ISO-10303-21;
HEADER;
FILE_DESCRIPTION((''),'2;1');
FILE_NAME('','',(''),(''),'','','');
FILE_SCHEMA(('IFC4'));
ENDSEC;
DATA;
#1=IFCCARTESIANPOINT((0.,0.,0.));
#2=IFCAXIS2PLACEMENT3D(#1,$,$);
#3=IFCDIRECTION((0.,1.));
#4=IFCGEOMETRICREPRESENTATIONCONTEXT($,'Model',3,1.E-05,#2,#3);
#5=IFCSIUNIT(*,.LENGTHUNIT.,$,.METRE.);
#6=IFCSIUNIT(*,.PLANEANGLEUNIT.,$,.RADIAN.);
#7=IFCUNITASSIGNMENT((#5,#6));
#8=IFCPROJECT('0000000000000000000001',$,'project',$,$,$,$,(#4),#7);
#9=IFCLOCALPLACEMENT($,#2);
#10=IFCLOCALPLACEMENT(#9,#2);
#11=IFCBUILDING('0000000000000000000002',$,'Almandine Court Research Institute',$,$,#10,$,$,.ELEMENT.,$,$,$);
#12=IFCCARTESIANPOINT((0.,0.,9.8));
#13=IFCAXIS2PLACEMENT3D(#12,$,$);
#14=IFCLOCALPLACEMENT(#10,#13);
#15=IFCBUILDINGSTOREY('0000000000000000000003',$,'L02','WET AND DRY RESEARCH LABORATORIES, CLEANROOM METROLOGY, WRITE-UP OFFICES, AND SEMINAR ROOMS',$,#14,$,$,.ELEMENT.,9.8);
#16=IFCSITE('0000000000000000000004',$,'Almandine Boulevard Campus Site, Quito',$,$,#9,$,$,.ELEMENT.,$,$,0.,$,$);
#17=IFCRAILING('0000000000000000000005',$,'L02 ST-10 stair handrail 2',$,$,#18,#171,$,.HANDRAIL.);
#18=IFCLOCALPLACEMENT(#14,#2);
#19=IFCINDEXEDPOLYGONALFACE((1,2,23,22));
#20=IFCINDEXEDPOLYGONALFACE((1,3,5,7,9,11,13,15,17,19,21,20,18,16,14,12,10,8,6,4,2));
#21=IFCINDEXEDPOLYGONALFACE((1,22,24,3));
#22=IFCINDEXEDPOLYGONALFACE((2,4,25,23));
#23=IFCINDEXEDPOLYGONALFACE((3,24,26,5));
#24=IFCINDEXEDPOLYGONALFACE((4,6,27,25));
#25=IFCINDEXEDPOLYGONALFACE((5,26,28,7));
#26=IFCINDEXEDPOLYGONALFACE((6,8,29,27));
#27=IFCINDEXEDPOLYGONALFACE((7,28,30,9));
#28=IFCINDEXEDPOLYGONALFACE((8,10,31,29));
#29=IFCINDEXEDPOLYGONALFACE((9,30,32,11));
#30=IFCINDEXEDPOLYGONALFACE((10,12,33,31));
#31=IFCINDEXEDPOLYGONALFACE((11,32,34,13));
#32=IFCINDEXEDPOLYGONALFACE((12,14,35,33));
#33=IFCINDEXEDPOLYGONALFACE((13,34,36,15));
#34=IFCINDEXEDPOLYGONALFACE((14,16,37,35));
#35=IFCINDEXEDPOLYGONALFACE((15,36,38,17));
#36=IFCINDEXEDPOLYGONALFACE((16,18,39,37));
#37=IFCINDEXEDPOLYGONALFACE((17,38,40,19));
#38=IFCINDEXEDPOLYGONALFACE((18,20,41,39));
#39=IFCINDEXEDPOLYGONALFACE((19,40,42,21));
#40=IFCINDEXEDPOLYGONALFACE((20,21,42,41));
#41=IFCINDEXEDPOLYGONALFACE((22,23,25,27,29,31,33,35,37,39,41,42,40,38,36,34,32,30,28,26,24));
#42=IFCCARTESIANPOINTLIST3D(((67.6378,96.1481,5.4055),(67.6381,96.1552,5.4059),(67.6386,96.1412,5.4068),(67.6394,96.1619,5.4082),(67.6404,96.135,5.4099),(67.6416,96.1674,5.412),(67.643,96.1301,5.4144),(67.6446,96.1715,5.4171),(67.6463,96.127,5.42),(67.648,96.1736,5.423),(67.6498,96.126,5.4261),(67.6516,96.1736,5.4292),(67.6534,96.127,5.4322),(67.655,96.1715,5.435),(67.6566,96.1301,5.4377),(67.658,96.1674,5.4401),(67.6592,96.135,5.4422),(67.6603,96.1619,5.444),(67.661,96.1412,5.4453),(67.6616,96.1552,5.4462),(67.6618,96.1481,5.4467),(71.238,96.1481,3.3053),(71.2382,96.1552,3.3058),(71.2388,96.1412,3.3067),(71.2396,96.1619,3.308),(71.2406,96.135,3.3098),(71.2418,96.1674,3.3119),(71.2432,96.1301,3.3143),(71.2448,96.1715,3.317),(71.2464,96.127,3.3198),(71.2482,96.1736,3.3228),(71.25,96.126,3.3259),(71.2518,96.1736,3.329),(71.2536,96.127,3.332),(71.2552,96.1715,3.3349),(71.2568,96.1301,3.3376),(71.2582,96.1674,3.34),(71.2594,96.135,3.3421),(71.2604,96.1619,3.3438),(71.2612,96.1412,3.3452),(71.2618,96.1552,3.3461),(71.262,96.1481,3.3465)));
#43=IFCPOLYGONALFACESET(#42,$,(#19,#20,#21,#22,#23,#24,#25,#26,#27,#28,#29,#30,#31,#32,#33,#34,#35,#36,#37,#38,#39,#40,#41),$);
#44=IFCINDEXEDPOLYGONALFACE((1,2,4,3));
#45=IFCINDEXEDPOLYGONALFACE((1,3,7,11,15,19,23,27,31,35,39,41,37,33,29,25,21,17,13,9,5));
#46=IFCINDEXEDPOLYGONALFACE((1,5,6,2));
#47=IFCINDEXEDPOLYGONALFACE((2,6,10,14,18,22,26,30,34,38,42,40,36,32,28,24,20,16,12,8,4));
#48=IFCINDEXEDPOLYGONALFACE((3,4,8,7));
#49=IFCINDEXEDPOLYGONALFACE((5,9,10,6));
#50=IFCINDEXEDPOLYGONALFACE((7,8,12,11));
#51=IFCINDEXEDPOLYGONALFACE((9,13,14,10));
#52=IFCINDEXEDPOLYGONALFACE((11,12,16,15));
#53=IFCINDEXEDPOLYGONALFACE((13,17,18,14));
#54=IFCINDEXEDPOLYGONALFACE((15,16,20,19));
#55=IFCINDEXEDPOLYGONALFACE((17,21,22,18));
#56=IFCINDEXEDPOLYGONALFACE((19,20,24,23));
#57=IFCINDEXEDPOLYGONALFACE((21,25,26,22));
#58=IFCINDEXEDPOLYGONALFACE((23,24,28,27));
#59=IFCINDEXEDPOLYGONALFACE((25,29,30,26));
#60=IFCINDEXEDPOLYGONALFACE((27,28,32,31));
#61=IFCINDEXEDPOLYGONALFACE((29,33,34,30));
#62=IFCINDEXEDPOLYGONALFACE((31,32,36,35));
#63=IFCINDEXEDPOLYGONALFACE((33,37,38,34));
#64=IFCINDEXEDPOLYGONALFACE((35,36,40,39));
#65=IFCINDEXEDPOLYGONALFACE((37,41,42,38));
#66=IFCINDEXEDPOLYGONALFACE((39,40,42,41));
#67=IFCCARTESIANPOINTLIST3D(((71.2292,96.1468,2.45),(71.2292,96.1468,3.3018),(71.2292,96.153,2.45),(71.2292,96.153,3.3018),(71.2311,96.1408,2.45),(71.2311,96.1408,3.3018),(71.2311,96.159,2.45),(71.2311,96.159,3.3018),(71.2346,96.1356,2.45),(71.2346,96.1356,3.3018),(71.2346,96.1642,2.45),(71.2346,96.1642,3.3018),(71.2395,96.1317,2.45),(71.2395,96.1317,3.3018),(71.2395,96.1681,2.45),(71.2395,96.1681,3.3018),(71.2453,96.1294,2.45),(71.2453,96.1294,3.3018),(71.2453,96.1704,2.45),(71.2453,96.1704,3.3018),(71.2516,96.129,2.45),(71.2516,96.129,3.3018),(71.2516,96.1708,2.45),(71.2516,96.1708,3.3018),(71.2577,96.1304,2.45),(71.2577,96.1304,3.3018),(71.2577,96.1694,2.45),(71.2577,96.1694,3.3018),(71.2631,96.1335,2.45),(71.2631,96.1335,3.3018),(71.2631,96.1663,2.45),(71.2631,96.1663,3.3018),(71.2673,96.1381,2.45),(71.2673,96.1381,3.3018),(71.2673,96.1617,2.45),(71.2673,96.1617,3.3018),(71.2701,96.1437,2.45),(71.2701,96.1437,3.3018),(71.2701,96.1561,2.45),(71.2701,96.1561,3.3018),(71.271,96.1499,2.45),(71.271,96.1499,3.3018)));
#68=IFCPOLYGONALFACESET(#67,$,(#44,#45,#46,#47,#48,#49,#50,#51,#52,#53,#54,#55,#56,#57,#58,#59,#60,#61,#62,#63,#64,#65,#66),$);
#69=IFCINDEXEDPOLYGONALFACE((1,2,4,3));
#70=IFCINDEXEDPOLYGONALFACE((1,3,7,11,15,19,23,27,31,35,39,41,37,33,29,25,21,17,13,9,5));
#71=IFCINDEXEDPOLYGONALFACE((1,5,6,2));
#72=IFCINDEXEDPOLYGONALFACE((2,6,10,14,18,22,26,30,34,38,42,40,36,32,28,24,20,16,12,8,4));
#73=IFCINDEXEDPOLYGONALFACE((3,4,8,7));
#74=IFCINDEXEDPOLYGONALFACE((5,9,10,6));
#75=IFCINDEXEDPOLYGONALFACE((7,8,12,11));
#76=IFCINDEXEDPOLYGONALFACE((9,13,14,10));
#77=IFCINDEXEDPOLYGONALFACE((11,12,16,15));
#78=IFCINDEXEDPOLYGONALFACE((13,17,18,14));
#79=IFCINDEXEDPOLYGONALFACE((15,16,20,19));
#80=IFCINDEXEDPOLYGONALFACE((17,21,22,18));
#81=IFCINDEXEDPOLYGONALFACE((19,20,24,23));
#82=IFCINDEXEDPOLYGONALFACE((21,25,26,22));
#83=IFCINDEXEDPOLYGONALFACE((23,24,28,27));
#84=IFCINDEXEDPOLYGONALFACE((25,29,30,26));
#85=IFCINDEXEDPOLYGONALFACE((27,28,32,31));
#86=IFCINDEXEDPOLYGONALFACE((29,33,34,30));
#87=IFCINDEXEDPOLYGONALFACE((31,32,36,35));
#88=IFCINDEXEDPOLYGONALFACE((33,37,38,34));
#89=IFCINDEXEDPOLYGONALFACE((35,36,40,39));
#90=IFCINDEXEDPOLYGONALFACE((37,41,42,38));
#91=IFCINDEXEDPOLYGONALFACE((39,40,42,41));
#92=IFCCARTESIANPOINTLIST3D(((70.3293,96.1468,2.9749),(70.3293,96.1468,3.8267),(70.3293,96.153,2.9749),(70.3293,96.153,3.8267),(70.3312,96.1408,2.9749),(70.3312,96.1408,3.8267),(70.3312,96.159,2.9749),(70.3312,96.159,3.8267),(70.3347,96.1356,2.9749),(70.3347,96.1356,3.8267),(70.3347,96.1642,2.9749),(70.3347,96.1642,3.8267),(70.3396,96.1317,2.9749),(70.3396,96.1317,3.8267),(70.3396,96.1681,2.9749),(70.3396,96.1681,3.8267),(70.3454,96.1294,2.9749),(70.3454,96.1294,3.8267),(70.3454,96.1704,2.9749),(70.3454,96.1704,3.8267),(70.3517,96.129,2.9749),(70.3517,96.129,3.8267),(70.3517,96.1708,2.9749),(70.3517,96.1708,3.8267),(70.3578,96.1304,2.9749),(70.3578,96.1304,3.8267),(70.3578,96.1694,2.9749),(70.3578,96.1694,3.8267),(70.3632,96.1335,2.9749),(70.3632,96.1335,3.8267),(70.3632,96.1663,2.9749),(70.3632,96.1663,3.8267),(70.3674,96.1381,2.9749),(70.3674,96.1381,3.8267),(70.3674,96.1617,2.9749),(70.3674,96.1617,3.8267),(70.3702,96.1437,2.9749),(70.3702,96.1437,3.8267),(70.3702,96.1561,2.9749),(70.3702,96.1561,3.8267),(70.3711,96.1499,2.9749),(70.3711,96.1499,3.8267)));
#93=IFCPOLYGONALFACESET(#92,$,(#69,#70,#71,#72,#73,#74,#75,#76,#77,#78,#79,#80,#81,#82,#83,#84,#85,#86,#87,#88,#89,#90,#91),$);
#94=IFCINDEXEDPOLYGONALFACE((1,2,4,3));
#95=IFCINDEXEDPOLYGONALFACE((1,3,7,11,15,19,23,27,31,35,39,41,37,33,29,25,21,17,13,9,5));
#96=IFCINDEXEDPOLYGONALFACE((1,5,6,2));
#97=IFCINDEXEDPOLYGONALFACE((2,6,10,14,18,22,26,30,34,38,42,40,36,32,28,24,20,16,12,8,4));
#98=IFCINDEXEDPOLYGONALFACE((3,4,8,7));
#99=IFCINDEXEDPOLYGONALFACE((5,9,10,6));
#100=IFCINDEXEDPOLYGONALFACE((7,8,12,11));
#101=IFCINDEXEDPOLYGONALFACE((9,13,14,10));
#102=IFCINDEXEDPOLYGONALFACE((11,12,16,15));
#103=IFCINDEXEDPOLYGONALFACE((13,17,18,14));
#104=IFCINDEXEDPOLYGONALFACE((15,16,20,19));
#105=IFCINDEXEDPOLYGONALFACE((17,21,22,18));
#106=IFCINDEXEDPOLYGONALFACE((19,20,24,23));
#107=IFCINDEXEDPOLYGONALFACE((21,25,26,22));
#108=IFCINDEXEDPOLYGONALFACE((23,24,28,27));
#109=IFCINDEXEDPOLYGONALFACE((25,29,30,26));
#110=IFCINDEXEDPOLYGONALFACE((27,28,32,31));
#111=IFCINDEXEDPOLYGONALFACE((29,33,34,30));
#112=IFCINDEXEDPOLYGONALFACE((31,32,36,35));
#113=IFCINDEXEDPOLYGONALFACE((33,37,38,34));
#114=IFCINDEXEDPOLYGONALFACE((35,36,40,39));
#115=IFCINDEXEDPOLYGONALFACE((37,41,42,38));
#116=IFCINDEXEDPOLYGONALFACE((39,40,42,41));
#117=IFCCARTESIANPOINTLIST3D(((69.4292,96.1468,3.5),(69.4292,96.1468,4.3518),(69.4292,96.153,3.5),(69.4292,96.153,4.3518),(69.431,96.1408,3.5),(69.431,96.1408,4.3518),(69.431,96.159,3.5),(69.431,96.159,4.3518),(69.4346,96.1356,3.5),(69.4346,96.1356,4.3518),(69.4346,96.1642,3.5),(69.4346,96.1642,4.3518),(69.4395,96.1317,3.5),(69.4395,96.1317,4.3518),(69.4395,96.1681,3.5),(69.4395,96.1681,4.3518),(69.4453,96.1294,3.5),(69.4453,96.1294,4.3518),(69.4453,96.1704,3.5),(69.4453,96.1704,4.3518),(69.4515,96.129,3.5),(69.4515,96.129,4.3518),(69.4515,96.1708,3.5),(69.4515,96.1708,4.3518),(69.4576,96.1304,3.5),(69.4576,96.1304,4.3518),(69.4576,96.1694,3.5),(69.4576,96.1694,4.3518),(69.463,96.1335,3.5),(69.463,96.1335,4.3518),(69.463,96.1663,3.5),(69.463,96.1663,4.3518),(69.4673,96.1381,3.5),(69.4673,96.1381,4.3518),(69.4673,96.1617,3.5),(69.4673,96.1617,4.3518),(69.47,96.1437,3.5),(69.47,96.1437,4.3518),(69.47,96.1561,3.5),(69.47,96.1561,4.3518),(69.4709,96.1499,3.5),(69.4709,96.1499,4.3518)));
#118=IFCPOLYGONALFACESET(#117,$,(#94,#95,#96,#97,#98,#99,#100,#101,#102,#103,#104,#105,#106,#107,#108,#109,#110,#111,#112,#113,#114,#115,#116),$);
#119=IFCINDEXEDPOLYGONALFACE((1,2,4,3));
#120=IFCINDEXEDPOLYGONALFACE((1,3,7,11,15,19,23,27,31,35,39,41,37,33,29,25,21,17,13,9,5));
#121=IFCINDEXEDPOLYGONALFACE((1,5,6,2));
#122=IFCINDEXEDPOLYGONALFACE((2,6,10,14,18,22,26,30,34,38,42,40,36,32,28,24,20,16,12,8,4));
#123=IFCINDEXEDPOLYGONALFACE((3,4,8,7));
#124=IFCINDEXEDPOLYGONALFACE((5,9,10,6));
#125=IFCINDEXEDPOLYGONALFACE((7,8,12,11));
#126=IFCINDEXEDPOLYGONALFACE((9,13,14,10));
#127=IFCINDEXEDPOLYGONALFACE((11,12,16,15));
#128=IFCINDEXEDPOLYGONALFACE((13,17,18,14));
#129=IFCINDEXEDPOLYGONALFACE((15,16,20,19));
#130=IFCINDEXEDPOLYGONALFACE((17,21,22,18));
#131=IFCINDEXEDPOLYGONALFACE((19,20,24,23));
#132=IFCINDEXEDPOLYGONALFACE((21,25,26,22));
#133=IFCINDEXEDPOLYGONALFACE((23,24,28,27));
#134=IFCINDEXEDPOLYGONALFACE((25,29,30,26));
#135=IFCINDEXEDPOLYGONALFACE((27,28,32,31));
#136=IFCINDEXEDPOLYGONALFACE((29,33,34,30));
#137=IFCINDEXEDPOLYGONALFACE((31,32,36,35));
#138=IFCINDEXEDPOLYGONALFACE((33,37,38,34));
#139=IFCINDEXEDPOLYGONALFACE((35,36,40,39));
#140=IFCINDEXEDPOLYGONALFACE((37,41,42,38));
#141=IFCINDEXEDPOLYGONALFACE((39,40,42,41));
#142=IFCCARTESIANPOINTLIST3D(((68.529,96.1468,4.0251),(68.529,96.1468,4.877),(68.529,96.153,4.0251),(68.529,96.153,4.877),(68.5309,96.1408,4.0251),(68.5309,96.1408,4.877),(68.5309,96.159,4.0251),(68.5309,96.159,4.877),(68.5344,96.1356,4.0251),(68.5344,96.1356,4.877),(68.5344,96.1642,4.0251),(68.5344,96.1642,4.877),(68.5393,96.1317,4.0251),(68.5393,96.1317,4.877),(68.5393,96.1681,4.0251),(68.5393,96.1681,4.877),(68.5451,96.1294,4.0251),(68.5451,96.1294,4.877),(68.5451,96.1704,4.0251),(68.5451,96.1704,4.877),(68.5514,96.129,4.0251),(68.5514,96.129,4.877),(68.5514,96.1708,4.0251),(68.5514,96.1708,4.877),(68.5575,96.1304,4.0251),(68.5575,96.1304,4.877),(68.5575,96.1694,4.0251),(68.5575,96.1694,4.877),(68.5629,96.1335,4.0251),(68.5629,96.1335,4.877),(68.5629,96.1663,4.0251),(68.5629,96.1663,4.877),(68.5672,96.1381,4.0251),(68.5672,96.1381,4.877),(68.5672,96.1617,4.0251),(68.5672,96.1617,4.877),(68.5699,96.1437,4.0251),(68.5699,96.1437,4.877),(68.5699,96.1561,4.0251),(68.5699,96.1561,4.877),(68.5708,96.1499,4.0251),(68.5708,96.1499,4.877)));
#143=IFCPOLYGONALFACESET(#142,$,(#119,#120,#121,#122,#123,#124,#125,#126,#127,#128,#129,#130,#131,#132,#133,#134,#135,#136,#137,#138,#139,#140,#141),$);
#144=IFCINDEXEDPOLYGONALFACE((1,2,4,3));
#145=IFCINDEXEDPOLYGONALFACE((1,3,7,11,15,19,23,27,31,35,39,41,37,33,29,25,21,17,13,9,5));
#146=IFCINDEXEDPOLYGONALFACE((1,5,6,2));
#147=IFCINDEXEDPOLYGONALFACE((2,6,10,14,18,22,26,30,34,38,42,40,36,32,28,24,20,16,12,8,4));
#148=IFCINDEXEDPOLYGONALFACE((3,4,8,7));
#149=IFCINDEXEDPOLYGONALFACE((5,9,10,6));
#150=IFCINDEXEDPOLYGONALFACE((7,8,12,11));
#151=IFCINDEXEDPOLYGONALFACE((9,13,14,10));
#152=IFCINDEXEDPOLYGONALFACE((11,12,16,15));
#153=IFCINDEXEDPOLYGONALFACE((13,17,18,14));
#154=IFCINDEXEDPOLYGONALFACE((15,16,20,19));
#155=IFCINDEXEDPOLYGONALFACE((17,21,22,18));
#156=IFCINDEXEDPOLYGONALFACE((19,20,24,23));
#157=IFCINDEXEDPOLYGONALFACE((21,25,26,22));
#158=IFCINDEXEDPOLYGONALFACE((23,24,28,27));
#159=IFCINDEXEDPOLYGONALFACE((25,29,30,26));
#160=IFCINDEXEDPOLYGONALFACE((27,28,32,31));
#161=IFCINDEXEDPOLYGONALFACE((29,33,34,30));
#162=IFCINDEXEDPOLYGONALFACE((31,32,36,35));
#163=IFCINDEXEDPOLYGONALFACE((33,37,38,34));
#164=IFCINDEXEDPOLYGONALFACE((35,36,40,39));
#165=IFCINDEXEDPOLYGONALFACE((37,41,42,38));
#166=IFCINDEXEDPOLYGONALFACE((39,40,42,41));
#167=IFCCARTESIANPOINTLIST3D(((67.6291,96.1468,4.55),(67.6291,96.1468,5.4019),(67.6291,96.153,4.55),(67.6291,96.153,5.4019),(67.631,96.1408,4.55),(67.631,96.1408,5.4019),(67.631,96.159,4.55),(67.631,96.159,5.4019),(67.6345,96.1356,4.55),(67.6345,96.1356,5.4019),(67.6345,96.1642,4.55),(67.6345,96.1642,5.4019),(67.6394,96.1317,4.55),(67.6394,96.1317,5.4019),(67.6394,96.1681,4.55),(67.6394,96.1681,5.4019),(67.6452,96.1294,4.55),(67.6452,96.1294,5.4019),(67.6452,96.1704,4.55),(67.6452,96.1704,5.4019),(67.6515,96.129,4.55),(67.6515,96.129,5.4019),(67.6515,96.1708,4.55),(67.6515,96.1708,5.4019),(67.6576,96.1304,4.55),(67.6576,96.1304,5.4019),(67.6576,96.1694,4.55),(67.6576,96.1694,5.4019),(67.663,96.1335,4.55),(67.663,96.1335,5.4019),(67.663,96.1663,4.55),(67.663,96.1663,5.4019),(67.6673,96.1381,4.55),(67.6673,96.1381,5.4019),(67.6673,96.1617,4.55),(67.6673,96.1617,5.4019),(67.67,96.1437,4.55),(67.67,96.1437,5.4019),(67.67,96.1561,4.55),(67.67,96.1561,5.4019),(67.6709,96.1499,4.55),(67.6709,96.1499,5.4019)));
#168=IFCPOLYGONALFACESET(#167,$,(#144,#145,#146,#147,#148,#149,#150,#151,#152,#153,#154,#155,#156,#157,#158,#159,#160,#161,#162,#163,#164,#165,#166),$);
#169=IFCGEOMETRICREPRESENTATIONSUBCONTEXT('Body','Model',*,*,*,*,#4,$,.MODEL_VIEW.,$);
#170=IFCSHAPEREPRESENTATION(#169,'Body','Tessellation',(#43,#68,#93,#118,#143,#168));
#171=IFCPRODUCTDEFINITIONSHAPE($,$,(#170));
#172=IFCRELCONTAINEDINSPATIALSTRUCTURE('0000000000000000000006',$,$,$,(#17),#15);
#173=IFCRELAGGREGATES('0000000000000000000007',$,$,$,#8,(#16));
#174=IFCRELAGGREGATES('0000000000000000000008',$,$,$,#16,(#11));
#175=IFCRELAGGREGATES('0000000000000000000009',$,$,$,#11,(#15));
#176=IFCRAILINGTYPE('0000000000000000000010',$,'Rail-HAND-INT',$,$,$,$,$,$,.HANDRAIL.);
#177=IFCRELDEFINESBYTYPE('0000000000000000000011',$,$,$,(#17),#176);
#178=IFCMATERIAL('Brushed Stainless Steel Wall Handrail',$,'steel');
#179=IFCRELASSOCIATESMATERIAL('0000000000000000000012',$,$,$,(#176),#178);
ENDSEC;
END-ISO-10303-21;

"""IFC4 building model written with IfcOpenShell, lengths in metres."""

from ifc_helpers import new_model, si_unit, direction, frame, origin, origin_2d, place, context, subcontext, project, spatial, circle, extrude, material, type_object, element, save


model = new_model("IFC4")

# Units and contexts
model_context = context("Model", 3, precision=1e-05, world=origin(), true_north=direction((0.0, 1.0)))
body_context = subcontext(model_context, "Body", "Model", "MODEL_VIEW")
ifc_project = project(units=[si_unit("LENGTHUNIT", "METRE"), si_unit("PLANEANGLEUNIT", "RADIAN")], contexts=[model_context])

# Site, building, storey
site_placement = place(None, origin())
site = spatial("IfcSite", under=ifc_project, at=site_placement, Name="Almandine Boulevard Campus Site, Quito", CompositionType="ELEMENT", RefElevation=0.0)
building_placement = place(site_placement, origin())
building = spatial("IfcBuilding", under=site, at=building_placement, Name="Almandine Court Research Institute", CompositionType="ELEMENT")
storey_placement = place(building_placement, frame((0.0, 0.0, 9.8)))
storey = spatial("IfcBuildingStorey", under=building, at=storey_placement, Name="L02", Description="WET AND DRY RESEARCH LABORATORIES, CLEANROOM METROLOGY, WRITE-UP OFFICES, AND SEMINAR ROOMS", CompositionType="ELEMENT", Elevation=9.8)

# Railing
ifc_material_1 = material(Name="Brushed Stainless Steel Wall Handrail", Category="steel")
railing_type_1 = type_object("IfcRailingType", Name="Rail-HAND-INT", PredefinedType="HANDRAIL", material=ifc_material_1)
railing_1_placement = place(storey_placement, frame((71.25, 96.1499, 2.45)))
element("IfcRailing", 1, at=railing_1_placement, inside=storey, type_object=railing_type_1, Name="L02 ST-10 stair handrail 2", PredefinedType="HANDRAIL", context=body_context, shape_type="SweptSolid", body=[
    extrude(circle(Radius=0.0239, at=origin_2d()), frame((0.0, 0.0, 0.876), z_axis=(-0.863775, 0.0, 0.503878), x_axis=(0.0, -1.0, 0.0)), (0.0, 0.0, 1.0), 4.168),
    extrude(circle(Radius=0.021, at=origin_2d()), origin(), (0.0, 0.0, 1.0), 0.8518),
    extrude(circle(Radius=0.021, at=origin_2d()), frame((-0.8999, 0.0, 0.5249)), (0.0, 0.0, 1.0), 0.8518),
    extrude(circle(Radius=0.021, at=origin_2d()), frame((-1.8, 0.0, 1.05)), (0.0, 0.0, 1.0), 0.8518),
    extrude(circle(Radius=0.021, at=origin_2d()), frame((-2.7002, 0.0, 1.5752)), (0.0, 0.0, 1.0), 0.8518),
    extrude(circle(Radius=0.021, at=origin_2d()), frame((-3.6001, 0.0, 2.1001)), (0.0, 0.0, 1.0), 0.8518),
])

save(model, "model.ifc")
